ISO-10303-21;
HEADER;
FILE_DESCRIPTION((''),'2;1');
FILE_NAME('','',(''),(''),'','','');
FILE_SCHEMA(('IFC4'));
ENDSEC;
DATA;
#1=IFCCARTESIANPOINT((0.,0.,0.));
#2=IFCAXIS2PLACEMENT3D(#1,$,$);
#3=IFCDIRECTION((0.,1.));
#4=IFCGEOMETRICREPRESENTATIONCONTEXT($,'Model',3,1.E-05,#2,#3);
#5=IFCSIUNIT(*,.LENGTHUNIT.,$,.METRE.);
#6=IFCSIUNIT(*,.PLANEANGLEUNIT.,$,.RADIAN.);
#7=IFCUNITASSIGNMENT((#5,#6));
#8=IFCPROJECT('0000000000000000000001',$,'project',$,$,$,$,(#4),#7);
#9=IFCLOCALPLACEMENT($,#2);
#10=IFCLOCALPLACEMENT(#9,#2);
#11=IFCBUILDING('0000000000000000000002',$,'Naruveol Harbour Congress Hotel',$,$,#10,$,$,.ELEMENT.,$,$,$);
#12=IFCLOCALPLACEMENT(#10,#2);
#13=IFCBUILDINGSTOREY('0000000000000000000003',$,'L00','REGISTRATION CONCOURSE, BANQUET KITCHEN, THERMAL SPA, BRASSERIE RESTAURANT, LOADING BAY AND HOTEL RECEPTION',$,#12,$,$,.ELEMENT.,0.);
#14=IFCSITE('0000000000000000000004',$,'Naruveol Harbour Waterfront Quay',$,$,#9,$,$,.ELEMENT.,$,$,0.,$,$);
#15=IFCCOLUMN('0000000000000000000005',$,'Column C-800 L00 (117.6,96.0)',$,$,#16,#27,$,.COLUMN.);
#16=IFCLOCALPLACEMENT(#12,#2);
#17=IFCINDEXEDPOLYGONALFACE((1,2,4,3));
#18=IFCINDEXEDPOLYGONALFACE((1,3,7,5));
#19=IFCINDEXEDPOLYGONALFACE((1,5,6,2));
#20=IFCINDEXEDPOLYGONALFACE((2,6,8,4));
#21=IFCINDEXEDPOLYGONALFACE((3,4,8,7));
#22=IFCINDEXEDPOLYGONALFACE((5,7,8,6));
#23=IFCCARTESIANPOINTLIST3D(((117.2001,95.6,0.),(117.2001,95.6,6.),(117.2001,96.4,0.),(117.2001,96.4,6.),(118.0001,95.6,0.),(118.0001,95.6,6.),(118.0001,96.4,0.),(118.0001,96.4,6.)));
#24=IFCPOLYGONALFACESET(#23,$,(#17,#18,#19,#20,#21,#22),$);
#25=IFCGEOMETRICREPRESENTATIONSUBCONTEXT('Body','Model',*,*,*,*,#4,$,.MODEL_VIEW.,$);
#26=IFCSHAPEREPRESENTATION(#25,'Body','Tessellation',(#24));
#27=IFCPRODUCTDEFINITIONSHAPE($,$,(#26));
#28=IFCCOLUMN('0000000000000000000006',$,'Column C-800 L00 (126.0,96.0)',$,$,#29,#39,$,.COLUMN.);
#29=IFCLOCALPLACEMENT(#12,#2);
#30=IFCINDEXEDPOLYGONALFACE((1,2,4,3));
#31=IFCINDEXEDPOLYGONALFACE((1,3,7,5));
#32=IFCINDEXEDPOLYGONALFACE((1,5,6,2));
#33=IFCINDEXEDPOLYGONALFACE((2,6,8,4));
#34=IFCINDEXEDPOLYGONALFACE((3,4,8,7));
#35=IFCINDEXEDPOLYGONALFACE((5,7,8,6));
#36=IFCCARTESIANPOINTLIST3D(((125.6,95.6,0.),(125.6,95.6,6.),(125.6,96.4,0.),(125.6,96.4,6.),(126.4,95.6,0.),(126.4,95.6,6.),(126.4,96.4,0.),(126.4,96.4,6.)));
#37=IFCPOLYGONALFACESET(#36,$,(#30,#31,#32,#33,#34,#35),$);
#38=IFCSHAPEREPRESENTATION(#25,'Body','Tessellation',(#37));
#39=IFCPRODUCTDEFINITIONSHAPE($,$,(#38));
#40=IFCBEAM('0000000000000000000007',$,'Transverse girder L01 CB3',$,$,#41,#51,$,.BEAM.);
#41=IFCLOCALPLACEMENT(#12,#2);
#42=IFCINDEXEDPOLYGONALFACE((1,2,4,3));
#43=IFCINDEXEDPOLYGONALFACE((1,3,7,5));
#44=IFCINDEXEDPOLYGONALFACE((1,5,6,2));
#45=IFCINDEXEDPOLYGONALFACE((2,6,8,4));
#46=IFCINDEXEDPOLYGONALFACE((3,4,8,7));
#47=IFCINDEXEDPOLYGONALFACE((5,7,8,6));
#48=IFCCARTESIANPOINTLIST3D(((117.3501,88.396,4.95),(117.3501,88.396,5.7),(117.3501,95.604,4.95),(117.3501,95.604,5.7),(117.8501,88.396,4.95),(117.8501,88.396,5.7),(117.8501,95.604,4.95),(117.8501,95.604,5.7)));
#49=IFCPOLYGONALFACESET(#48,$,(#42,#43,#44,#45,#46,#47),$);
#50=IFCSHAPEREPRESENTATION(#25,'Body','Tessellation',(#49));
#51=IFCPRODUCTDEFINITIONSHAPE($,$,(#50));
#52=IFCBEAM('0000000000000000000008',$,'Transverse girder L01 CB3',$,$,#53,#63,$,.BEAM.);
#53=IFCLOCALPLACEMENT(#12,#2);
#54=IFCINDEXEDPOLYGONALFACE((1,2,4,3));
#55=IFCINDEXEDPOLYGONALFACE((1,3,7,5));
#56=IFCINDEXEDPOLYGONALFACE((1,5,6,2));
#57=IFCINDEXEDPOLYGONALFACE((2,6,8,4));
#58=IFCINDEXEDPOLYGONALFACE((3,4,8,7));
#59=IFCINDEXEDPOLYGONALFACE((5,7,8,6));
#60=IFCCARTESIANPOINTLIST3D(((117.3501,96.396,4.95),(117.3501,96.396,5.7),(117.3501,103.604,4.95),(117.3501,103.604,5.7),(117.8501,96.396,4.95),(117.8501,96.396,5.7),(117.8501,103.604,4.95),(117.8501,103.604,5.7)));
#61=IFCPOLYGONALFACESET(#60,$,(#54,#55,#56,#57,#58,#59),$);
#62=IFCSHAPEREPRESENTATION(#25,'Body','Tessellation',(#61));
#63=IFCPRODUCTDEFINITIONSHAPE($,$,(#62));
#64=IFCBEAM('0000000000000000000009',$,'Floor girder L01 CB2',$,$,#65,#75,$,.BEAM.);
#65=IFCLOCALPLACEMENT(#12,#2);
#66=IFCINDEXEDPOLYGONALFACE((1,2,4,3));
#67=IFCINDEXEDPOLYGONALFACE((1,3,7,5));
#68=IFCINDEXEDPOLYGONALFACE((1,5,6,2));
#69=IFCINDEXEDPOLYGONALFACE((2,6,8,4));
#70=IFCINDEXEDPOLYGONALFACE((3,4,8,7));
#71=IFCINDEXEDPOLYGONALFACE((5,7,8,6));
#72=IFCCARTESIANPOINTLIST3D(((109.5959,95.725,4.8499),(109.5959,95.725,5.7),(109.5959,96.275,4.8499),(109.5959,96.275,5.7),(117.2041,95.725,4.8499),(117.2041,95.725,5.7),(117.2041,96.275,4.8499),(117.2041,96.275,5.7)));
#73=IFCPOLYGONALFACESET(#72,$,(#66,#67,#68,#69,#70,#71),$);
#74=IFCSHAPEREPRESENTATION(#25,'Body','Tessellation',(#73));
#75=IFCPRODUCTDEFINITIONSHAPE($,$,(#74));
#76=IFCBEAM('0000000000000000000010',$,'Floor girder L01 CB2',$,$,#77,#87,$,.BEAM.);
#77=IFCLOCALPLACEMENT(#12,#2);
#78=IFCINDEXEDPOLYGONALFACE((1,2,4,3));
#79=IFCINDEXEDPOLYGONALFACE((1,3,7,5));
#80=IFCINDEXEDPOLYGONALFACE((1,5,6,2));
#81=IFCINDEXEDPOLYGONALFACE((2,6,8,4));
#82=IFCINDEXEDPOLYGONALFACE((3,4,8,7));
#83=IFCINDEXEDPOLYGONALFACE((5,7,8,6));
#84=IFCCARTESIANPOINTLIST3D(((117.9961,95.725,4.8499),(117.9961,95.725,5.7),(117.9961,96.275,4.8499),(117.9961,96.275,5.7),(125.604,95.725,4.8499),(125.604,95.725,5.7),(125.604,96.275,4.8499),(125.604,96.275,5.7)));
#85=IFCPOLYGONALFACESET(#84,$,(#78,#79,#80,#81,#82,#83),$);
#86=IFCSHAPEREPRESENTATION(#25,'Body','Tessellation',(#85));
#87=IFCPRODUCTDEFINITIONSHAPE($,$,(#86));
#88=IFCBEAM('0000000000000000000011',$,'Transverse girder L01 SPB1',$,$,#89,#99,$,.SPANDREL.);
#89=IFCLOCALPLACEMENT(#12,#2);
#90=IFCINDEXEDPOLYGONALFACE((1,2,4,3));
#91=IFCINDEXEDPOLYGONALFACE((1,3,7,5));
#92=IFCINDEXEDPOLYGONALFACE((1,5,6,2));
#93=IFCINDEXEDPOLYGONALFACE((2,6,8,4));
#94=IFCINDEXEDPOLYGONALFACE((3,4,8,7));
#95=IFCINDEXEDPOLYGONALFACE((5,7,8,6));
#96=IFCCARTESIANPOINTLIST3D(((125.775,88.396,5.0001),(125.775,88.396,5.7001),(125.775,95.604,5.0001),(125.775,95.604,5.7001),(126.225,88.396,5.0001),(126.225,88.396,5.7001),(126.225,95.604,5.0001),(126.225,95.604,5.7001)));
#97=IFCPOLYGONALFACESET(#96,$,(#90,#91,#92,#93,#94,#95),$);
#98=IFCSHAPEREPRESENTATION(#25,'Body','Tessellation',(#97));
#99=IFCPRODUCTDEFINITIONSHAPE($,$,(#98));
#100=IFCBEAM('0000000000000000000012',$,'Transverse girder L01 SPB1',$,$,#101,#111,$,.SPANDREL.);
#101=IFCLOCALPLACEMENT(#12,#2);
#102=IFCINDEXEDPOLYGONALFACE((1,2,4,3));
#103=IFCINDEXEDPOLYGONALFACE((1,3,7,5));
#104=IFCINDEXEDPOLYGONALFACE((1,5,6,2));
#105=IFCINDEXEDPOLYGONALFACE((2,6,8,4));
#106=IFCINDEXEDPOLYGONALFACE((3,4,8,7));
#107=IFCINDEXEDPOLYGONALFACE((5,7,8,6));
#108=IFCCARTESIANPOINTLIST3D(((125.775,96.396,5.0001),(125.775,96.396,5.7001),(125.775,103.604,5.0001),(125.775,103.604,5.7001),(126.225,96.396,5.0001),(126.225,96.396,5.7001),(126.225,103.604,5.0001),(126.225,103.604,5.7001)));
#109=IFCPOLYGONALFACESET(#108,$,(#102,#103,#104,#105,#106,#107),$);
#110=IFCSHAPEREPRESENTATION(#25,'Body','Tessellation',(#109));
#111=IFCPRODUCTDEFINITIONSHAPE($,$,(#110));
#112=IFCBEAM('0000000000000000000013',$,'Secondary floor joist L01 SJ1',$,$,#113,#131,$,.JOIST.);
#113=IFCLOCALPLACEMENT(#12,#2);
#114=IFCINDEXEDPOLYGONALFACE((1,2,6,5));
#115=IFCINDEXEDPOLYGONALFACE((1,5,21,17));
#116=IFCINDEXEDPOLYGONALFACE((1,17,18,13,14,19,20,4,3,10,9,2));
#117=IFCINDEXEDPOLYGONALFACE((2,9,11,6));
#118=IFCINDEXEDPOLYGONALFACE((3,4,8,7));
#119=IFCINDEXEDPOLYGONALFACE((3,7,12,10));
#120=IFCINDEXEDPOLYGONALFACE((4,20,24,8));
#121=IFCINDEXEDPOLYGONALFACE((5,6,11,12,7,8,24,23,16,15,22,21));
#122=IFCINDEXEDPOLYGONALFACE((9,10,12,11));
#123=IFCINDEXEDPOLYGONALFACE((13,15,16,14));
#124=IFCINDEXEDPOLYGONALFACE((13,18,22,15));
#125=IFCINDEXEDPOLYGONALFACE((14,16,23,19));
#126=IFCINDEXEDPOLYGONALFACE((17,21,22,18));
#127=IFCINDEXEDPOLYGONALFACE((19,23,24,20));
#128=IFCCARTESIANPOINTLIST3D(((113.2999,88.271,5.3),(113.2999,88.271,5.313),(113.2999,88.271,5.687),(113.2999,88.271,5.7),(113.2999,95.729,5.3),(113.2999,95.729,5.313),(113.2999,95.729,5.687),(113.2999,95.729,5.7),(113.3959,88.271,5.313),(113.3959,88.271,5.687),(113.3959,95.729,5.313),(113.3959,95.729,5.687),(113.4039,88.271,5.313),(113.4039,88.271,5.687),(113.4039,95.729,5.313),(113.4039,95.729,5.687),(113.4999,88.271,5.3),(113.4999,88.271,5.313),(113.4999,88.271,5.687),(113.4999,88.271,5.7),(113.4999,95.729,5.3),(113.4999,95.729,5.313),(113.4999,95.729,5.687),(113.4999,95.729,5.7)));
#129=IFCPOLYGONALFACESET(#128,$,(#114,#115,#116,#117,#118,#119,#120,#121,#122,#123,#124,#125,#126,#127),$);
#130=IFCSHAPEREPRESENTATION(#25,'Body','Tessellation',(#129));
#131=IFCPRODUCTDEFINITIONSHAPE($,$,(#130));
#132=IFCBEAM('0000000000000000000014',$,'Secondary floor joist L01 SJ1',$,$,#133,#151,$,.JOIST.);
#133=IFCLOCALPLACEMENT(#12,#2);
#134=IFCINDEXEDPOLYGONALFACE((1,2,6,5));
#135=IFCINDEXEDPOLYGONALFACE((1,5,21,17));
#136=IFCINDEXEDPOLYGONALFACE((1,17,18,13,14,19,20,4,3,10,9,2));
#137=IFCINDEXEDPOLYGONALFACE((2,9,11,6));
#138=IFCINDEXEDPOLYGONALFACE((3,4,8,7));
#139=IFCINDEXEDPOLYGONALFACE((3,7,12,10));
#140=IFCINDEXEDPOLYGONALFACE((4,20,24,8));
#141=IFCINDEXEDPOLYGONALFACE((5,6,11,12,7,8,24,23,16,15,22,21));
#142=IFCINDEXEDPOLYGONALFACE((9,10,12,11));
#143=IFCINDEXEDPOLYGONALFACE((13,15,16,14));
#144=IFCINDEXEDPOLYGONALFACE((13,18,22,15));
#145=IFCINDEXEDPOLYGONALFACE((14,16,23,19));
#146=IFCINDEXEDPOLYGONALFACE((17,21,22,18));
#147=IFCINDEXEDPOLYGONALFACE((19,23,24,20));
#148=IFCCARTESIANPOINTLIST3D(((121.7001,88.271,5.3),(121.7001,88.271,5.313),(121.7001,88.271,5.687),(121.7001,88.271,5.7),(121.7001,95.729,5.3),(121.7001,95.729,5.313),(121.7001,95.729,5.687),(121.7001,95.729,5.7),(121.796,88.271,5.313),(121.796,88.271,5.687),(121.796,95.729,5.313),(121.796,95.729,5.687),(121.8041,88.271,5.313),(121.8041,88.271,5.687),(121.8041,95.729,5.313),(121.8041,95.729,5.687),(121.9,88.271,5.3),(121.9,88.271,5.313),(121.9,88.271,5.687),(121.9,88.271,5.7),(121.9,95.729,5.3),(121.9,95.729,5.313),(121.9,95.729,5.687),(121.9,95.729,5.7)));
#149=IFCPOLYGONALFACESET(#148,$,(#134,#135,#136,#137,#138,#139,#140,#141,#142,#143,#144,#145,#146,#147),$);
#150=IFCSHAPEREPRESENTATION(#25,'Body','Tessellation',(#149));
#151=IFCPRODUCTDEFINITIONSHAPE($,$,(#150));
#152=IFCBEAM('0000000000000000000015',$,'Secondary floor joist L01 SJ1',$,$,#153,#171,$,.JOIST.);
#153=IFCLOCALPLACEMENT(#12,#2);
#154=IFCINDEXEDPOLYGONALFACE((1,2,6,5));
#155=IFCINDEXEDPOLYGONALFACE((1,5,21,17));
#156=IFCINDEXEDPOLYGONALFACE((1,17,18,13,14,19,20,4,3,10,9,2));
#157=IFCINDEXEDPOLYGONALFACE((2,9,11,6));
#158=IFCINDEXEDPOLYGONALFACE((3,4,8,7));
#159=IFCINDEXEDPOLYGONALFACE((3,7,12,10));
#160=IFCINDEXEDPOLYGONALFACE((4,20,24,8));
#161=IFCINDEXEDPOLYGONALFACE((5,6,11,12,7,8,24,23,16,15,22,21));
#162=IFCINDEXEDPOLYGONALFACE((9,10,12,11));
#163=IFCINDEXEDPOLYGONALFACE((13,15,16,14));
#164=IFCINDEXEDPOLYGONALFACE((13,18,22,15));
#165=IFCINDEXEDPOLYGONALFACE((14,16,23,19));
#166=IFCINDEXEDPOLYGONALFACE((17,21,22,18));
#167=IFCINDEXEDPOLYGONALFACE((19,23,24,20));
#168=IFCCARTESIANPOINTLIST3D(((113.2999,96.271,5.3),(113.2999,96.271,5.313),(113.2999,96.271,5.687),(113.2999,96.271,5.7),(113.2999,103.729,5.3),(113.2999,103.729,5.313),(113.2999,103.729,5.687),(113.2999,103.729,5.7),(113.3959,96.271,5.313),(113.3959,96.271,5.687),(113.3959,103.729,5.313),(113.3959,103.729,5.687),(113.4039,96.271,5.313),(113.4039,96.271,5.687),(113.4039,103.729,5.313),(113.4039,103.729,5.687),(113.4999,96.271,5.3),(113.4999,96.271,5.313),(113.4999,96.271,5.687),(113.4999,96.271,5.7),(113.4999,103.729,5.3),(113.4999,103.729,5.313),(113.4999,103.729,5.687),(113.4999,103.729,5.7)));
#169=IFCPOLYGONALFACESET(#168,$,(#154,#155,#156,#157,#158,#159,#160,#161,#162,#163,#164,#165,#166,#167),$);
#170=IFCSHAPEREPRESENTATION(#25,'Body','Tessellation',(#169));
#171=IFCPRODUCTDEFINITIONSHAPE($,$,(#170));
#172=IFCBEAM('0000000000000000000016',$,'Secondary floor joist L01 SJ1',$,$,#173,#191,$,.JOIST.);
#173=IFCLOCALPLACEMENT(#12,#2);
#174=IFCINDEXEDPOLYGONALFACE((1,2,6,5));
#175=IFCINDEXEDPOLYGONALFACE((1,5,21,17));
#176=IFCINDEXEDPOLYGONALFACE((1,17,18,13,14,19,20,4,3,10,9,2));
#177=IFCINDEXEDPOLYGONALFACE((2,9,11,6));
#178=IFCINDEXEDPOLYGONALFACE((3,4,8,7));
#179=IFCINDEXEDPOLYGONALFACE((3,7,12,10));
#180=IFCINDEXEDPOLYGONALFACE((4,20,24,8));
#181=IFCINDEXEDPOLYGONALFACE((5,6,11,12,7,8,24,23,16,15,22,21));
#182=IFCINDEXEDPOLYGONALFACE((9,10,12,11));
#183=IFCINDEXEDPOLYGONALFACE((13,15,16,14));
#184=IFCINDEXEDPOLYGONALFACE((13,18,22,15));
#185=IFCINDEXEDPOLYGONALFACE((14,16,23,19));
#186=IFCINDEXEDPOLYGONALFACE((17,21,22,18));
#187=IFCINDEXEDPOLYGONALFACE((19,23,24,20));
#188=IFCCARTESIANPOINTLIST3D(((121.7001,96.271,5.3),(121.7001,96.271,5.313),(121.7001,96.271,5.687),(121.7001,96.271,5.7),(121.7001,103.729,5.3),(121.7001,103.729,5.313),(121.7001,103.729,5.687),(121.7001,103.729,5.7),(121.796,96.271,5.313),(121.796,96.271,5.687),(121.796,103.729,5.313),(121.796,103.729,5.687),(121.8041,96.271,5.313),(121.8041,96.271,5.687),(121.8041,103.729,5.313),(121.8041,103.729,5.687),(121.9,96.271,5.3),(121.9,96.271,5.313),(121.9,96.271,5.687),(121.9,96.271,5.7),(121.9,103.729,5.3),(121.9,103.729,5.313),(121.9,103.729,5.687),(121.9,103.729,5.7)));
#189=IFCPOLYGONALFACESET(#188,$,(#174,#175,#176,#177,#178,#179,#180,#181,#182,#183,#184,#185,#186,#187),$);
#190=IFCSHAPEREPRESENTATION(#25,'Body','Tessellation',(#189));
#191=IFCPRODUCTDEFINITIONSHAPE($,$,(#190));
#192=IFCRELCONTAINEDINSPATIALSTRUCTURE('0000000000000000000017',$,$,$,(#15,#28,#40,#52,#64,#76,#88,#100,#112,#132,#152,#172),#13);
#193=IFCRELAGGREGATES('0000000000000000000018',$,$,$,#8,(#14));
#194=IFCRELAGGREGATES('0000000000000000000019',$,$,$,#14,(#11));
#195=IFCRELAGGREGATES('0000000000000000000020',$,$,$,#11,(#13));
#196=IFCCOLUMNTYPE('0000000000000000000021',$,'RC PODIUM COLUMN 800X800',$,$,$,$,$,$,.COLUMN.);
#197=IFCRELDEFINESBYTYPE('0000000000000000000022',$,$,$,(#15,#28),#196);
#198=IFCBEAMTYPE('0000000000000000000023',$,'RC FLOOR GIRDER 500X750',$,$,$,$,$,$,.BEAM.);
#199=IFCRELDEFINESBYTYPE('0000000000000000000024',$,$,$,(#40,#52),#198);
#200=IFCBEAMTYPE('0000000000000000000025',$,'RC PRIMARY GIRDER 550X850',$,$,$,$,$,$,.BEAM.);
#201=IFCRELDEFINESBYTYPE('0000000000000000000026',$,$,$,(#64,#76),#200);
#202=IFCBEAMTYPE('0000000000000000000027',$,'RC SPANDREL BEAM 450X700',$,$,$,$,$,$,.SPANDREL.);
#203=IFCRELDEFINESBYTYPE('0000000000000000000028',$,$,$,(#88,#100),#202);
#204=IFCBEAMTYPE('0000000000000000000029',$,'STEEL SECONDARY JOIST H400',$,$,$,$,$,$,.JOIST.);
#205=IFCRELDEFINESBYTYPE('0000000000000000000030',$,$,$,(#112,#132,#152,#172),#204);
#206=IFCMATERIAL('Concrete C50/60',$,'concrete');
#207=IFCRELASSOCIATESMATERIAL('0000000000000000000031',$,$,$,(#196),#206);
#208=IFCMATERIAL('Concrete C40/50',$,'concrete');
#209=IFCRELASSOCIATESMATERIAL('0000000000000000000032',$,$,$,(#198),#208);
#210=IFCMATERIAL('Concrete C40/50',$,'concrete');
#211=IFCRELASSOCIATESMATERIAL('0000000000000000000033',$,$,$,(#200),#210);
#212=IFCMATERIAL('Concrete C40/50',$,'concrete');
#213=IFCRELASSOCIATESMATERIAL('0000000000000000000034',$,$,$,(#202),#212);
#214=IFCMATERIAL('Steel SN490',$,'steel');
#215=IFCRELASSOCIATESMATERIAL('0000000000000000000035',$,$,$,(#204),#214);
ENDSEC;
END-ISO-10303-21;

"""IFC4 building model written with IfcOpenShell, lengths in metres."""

from ifc_helpers import new_model, si_unit, direction, frame, origin, origin_2d, place, context, subcontext, project, spatial, rectangle, i_section, extrude, material, material_profile, profile_set, type_object, element, save


model = new_model("IFC4")

# Units and contexts
model_context = context("Model", 3, precision=1e-05, world=origin(), true_north=direction((0.0, 1.0)))
body_context = subcontext(model_context, "Body", "Model", "MODEL_VIEW")
ifc_project = project(units=[si_unit("LENGTHUNIT", "METRE"), si_unit("PLANEANGLEUNIT", "RADIAN")], contexts=[model_context])

# Site, building, storey
site_placement = place(None, origin())
site = spatial("IfcSite", under=ifc_project, at=site_placement, Name="Naruveol Harbour Waterfront Quay", CompositionType="ELEMENT", RefElevation=0.0)
building_placement = place(site_placement, origin())
building = spatial("IfcBuilding", under=site, at=building_placement, Name="Naruveol Harbour Congress Hotel", CompositionType="ELEMENT")
storey_placement = place(building_placement, origin())
storey = spatial("IfcBuildingStorey", under=building, at=storey_placement, Name="L00", Description="REGISTRATION CONCOURSE, BANQUET KITCHEN, THERMAL SPA, BRASSERIE RESTAURANT, LOADING BAY AND HOTEL RECEPTION", CompositionType="ELEMENT", Elevation=0.0)

# Columns
ifc_material_1 = material(Name="Concrete C50/60", Category="concrete")
ifc_material_profile_1 = material_profile(ifc_material_1, rectangle(XDim=0.8, YDim=0.8, at=origin_2d()), Name="RC-800x800")
ifc_profile_set_1 = profile_set([ifc_material_profile_1], Name="Concrete C50/60")
column_type = type_object("IfcColumnType", Name="RC PODIUM COLUMN 800X800", PredefinedType="COLUMN", material=ifc_profile_set_1)
for number, where, z_axis, x_axis, name in (
    (1, (117.6001, 96.0, 0.0), (0.0, 0.0, 1.0), (1.0, 0.0, 0.0), "Column C-800 L00 (117.6,96.0)"),
    (2, (126.0, 96.0, 0.0), (0.0, 0.0, 1.0), (1.0, 0.0, 0.0), "Column C-800 L00 (126.0,96.0)"),
):
    element("IfcColumn", number, at=place(storey_placement, frame(where, z_axis=z_axis, x_axis=x_axis)), inside=storey, type_object=column_type, Name=name, PredefinedType="COLUMN", context=body_context, shape_type="SweptSolid", body=[
        extrude(rectangle(XDim=0.8, YDim=0.8, at=origin_2d()), origin(), (0.0, 0.0, 1.0), 6.0),
    ])

# Beams
ifc_material_2 = material(Name="Concrete C40/50", Category="concrete")
ifc_material_profile_2 = material_profile(ifc_material_2, rectangle(XDim=0.5, YDim=0.75, at=origin_2d()), Name="RCB-500x750")
ifc_profile_set_2 = profile_set([ifc_material_profile_2], Name="Concrete C40/50")
beam_type_1 = type_object("IfcBeamType", Name="RC FLOOR GIRDER 500X750", PredefinedType="BEAM", material=ifc_profile_set_2)
for number, where, z_axis, x_axis, name in (
    (3, (117.6001, 88.396, 5.325), (0.0, 1.0, 0.0), (-1.0, 0.0, 0.0), "Transverse girder L01 CB3"),
    (4, (117.6001, 96.396, 5.325), (0.0, 1.0, 0.0), (-1.0, 0.0, 0.0), "Transverse girder L01 CB3"),
):
    element("IfcBeam", number, at=place(storey_placement, frame(where, z_axis=z_axis, x_axis=x_axis)), inside=storey, type_object=beam_type_1, Name=name, PredefinedType="BEAM", context=body_context, shape_type="SweptSolid", body=[
        extrude(rectangle(XDim=0.5, YDim=0.75, at=origin_2d()), origin(), (0.0, 0.0, 1.0), 7.208),
    ])
ifc_material_3 = material(Name="Concrete C40/50", Category="concrete")
ifc_material_profile_3 = material_profile(ifc_material_3, rectangle(XDim=0.55, YDim=0.8501, at=origin_2d()), Name="RCB-550x850")
ifc_profile_set_3 = profile_set([ifc_material_profile_3], Name="Concrete C40/50")
beam_type_2 = type_object("IfcBeamType", Name="RC PRIMARY GIRDER 550X850", PredefinedType="BEAM", material=ifc_profile_set_3)
beam_1_placement = place(storey_placement, frame((109.5959, 96.0, 5.2749), z_axis=(1.0, 0.0, 0.0), x_axis=(0.0, 1.0, 0.0)))
element("IfcBeam", 5, at=beam_1_placement, inside=storey, type_object=beam_type_2, Name="Floor girder L01 CB2", PredefinedType="BEAM", context=body_context, shape_type="SweptSolid", body=[
    extrude(rectangle(XDim=0.55, YDim=0.8501, at=origin_2d()), origin(), (0.0, 0.0, 1.0), 7.6082),
])
beam_2_placement = place(storey_placement, frame((117.9961, 96.0, 5.2749), z_axis=(1.0, 0.0, 0.0), x_axis=(0.0, 1.0, 0.0)))
element("IfcBeam", 6, at=beam_2_placement, inside=storey, type_object=beam_type_2, Name="Floor girder L01 CB2", PredefinedType="BEAM", context=body_context, shape_type="SweptSolid", body=[
    extrude(rectangle(XDim=0.55, YDim=0.8501, at=origin_2d()), origin(), (0.0, 0.0, 1.0), 7.6079),
])
ifc_material_4 = material(Name="Concrete C40/50", Category="concrete")
ifc_material_profile_4 = material_profile(ifc_material_4, rectangle(XDim=0.45, YDim=0.7, at=origin_2d()), Name="RCB-450x700")
ifc_profile_set_4 = profile_set([ifc_material_profile_4], Name="Concrete C40/50")
beam_type_3 = type_object("IfcBeamType", Name="RC SPANDREL BEAM 450X700", PredefinedType="SPANDREL", material=ifc_profile_set_4)
for number, where, z_axis, x_axis, name in (
    (7, (126.0, 88.396, 5.3501), (0.0, 1.0, 0.0), (-1.0, 0.0, 0.0), "Transverse girder L01 SPB1"),
    (8, (126.0, 96.396, 5.3501), (0.0, 1.0, 0.0), (-1.0, 0.0, 0.0), "Transverse girder L01 SPB1"),
):
    element("IfcBeam", number, at=place(storey_placement, frame(where, z_axis=z_axis, x_axis=x_axis)), inside=storey, type_object=beam_type_3, Name=name, PredefinedType="SPANDREL", context=body_context, shape_type="SweptSolid", body=[
        extrude(rectangle(XDim=0.45, YDim=0.7, at=origin_2d()), origin(), (0.0, 0.0, 1.0), 7.208),
    ])
ifc_material_5 = material(Name="Steel SN490", Category="steel")
ifc_material_profile_5 = material_profile(ifc_material_5, i_section(OverallWidth=0.2, OverallDepth=0.3999, WebThickness=0.0081, FlangeThickness=0.0129, at=origin_2d()), Name="H-400x200x8x13")
ifc_profile_set_5 = profile_set([ifc_material_profile_5], Name="Steel SN490")
beam_type_4 = type_object("IfcBeamType", Name="STEEL SECONDARY JOIST H400", PredefinedType="JOIST", material=ifc_profile_set_5)
for number, where, z_axis, x_axis, name in (
    (9, (113.3999, 88.271, 5.5), (0.0, 1.0, 0.0), (-1.0, 0.0, 0.0), "Secondary floor joist L01 SJ1"),
    (10, (121.8, 88.271, 5.5), (0.0, 1.0, 0.0), (-1.0, 0.0, 0.0), "Secondary floor joist L01 SJ1"),
    (11, (113.3999, 96.271, 5.5), (0.0, 1.0, 0.0), (-1.0, 0.0, 0.0), "Secondary floor joist L01 SJ1"),
    (12, (121.8, 96.271, 5.5), (0.0, 1.0, 0.0), (-1.0, 0.0, 0.0), "Secondary floor joist L01 SJ1"),
):
    element("IfcBeam", number, at=place(storey_placement, frame(where, z_axis=z_axis, x_axis=x_axis)), inside=storey, type_object=beam_type_4, Name=name, PredefinedType="JOIST", context=body_context, shape_type="SweptSolid", body=[
        extrude(i_section(OverallWidth=0.2, OverallDepth=0.3999, WebThickness=0.0081, FlangeThickness=0.0129, at=origin_2d()), origin(), (0.0, 0.0, 1.0), 7.458),
    ])

save(model, "model.ifc")
